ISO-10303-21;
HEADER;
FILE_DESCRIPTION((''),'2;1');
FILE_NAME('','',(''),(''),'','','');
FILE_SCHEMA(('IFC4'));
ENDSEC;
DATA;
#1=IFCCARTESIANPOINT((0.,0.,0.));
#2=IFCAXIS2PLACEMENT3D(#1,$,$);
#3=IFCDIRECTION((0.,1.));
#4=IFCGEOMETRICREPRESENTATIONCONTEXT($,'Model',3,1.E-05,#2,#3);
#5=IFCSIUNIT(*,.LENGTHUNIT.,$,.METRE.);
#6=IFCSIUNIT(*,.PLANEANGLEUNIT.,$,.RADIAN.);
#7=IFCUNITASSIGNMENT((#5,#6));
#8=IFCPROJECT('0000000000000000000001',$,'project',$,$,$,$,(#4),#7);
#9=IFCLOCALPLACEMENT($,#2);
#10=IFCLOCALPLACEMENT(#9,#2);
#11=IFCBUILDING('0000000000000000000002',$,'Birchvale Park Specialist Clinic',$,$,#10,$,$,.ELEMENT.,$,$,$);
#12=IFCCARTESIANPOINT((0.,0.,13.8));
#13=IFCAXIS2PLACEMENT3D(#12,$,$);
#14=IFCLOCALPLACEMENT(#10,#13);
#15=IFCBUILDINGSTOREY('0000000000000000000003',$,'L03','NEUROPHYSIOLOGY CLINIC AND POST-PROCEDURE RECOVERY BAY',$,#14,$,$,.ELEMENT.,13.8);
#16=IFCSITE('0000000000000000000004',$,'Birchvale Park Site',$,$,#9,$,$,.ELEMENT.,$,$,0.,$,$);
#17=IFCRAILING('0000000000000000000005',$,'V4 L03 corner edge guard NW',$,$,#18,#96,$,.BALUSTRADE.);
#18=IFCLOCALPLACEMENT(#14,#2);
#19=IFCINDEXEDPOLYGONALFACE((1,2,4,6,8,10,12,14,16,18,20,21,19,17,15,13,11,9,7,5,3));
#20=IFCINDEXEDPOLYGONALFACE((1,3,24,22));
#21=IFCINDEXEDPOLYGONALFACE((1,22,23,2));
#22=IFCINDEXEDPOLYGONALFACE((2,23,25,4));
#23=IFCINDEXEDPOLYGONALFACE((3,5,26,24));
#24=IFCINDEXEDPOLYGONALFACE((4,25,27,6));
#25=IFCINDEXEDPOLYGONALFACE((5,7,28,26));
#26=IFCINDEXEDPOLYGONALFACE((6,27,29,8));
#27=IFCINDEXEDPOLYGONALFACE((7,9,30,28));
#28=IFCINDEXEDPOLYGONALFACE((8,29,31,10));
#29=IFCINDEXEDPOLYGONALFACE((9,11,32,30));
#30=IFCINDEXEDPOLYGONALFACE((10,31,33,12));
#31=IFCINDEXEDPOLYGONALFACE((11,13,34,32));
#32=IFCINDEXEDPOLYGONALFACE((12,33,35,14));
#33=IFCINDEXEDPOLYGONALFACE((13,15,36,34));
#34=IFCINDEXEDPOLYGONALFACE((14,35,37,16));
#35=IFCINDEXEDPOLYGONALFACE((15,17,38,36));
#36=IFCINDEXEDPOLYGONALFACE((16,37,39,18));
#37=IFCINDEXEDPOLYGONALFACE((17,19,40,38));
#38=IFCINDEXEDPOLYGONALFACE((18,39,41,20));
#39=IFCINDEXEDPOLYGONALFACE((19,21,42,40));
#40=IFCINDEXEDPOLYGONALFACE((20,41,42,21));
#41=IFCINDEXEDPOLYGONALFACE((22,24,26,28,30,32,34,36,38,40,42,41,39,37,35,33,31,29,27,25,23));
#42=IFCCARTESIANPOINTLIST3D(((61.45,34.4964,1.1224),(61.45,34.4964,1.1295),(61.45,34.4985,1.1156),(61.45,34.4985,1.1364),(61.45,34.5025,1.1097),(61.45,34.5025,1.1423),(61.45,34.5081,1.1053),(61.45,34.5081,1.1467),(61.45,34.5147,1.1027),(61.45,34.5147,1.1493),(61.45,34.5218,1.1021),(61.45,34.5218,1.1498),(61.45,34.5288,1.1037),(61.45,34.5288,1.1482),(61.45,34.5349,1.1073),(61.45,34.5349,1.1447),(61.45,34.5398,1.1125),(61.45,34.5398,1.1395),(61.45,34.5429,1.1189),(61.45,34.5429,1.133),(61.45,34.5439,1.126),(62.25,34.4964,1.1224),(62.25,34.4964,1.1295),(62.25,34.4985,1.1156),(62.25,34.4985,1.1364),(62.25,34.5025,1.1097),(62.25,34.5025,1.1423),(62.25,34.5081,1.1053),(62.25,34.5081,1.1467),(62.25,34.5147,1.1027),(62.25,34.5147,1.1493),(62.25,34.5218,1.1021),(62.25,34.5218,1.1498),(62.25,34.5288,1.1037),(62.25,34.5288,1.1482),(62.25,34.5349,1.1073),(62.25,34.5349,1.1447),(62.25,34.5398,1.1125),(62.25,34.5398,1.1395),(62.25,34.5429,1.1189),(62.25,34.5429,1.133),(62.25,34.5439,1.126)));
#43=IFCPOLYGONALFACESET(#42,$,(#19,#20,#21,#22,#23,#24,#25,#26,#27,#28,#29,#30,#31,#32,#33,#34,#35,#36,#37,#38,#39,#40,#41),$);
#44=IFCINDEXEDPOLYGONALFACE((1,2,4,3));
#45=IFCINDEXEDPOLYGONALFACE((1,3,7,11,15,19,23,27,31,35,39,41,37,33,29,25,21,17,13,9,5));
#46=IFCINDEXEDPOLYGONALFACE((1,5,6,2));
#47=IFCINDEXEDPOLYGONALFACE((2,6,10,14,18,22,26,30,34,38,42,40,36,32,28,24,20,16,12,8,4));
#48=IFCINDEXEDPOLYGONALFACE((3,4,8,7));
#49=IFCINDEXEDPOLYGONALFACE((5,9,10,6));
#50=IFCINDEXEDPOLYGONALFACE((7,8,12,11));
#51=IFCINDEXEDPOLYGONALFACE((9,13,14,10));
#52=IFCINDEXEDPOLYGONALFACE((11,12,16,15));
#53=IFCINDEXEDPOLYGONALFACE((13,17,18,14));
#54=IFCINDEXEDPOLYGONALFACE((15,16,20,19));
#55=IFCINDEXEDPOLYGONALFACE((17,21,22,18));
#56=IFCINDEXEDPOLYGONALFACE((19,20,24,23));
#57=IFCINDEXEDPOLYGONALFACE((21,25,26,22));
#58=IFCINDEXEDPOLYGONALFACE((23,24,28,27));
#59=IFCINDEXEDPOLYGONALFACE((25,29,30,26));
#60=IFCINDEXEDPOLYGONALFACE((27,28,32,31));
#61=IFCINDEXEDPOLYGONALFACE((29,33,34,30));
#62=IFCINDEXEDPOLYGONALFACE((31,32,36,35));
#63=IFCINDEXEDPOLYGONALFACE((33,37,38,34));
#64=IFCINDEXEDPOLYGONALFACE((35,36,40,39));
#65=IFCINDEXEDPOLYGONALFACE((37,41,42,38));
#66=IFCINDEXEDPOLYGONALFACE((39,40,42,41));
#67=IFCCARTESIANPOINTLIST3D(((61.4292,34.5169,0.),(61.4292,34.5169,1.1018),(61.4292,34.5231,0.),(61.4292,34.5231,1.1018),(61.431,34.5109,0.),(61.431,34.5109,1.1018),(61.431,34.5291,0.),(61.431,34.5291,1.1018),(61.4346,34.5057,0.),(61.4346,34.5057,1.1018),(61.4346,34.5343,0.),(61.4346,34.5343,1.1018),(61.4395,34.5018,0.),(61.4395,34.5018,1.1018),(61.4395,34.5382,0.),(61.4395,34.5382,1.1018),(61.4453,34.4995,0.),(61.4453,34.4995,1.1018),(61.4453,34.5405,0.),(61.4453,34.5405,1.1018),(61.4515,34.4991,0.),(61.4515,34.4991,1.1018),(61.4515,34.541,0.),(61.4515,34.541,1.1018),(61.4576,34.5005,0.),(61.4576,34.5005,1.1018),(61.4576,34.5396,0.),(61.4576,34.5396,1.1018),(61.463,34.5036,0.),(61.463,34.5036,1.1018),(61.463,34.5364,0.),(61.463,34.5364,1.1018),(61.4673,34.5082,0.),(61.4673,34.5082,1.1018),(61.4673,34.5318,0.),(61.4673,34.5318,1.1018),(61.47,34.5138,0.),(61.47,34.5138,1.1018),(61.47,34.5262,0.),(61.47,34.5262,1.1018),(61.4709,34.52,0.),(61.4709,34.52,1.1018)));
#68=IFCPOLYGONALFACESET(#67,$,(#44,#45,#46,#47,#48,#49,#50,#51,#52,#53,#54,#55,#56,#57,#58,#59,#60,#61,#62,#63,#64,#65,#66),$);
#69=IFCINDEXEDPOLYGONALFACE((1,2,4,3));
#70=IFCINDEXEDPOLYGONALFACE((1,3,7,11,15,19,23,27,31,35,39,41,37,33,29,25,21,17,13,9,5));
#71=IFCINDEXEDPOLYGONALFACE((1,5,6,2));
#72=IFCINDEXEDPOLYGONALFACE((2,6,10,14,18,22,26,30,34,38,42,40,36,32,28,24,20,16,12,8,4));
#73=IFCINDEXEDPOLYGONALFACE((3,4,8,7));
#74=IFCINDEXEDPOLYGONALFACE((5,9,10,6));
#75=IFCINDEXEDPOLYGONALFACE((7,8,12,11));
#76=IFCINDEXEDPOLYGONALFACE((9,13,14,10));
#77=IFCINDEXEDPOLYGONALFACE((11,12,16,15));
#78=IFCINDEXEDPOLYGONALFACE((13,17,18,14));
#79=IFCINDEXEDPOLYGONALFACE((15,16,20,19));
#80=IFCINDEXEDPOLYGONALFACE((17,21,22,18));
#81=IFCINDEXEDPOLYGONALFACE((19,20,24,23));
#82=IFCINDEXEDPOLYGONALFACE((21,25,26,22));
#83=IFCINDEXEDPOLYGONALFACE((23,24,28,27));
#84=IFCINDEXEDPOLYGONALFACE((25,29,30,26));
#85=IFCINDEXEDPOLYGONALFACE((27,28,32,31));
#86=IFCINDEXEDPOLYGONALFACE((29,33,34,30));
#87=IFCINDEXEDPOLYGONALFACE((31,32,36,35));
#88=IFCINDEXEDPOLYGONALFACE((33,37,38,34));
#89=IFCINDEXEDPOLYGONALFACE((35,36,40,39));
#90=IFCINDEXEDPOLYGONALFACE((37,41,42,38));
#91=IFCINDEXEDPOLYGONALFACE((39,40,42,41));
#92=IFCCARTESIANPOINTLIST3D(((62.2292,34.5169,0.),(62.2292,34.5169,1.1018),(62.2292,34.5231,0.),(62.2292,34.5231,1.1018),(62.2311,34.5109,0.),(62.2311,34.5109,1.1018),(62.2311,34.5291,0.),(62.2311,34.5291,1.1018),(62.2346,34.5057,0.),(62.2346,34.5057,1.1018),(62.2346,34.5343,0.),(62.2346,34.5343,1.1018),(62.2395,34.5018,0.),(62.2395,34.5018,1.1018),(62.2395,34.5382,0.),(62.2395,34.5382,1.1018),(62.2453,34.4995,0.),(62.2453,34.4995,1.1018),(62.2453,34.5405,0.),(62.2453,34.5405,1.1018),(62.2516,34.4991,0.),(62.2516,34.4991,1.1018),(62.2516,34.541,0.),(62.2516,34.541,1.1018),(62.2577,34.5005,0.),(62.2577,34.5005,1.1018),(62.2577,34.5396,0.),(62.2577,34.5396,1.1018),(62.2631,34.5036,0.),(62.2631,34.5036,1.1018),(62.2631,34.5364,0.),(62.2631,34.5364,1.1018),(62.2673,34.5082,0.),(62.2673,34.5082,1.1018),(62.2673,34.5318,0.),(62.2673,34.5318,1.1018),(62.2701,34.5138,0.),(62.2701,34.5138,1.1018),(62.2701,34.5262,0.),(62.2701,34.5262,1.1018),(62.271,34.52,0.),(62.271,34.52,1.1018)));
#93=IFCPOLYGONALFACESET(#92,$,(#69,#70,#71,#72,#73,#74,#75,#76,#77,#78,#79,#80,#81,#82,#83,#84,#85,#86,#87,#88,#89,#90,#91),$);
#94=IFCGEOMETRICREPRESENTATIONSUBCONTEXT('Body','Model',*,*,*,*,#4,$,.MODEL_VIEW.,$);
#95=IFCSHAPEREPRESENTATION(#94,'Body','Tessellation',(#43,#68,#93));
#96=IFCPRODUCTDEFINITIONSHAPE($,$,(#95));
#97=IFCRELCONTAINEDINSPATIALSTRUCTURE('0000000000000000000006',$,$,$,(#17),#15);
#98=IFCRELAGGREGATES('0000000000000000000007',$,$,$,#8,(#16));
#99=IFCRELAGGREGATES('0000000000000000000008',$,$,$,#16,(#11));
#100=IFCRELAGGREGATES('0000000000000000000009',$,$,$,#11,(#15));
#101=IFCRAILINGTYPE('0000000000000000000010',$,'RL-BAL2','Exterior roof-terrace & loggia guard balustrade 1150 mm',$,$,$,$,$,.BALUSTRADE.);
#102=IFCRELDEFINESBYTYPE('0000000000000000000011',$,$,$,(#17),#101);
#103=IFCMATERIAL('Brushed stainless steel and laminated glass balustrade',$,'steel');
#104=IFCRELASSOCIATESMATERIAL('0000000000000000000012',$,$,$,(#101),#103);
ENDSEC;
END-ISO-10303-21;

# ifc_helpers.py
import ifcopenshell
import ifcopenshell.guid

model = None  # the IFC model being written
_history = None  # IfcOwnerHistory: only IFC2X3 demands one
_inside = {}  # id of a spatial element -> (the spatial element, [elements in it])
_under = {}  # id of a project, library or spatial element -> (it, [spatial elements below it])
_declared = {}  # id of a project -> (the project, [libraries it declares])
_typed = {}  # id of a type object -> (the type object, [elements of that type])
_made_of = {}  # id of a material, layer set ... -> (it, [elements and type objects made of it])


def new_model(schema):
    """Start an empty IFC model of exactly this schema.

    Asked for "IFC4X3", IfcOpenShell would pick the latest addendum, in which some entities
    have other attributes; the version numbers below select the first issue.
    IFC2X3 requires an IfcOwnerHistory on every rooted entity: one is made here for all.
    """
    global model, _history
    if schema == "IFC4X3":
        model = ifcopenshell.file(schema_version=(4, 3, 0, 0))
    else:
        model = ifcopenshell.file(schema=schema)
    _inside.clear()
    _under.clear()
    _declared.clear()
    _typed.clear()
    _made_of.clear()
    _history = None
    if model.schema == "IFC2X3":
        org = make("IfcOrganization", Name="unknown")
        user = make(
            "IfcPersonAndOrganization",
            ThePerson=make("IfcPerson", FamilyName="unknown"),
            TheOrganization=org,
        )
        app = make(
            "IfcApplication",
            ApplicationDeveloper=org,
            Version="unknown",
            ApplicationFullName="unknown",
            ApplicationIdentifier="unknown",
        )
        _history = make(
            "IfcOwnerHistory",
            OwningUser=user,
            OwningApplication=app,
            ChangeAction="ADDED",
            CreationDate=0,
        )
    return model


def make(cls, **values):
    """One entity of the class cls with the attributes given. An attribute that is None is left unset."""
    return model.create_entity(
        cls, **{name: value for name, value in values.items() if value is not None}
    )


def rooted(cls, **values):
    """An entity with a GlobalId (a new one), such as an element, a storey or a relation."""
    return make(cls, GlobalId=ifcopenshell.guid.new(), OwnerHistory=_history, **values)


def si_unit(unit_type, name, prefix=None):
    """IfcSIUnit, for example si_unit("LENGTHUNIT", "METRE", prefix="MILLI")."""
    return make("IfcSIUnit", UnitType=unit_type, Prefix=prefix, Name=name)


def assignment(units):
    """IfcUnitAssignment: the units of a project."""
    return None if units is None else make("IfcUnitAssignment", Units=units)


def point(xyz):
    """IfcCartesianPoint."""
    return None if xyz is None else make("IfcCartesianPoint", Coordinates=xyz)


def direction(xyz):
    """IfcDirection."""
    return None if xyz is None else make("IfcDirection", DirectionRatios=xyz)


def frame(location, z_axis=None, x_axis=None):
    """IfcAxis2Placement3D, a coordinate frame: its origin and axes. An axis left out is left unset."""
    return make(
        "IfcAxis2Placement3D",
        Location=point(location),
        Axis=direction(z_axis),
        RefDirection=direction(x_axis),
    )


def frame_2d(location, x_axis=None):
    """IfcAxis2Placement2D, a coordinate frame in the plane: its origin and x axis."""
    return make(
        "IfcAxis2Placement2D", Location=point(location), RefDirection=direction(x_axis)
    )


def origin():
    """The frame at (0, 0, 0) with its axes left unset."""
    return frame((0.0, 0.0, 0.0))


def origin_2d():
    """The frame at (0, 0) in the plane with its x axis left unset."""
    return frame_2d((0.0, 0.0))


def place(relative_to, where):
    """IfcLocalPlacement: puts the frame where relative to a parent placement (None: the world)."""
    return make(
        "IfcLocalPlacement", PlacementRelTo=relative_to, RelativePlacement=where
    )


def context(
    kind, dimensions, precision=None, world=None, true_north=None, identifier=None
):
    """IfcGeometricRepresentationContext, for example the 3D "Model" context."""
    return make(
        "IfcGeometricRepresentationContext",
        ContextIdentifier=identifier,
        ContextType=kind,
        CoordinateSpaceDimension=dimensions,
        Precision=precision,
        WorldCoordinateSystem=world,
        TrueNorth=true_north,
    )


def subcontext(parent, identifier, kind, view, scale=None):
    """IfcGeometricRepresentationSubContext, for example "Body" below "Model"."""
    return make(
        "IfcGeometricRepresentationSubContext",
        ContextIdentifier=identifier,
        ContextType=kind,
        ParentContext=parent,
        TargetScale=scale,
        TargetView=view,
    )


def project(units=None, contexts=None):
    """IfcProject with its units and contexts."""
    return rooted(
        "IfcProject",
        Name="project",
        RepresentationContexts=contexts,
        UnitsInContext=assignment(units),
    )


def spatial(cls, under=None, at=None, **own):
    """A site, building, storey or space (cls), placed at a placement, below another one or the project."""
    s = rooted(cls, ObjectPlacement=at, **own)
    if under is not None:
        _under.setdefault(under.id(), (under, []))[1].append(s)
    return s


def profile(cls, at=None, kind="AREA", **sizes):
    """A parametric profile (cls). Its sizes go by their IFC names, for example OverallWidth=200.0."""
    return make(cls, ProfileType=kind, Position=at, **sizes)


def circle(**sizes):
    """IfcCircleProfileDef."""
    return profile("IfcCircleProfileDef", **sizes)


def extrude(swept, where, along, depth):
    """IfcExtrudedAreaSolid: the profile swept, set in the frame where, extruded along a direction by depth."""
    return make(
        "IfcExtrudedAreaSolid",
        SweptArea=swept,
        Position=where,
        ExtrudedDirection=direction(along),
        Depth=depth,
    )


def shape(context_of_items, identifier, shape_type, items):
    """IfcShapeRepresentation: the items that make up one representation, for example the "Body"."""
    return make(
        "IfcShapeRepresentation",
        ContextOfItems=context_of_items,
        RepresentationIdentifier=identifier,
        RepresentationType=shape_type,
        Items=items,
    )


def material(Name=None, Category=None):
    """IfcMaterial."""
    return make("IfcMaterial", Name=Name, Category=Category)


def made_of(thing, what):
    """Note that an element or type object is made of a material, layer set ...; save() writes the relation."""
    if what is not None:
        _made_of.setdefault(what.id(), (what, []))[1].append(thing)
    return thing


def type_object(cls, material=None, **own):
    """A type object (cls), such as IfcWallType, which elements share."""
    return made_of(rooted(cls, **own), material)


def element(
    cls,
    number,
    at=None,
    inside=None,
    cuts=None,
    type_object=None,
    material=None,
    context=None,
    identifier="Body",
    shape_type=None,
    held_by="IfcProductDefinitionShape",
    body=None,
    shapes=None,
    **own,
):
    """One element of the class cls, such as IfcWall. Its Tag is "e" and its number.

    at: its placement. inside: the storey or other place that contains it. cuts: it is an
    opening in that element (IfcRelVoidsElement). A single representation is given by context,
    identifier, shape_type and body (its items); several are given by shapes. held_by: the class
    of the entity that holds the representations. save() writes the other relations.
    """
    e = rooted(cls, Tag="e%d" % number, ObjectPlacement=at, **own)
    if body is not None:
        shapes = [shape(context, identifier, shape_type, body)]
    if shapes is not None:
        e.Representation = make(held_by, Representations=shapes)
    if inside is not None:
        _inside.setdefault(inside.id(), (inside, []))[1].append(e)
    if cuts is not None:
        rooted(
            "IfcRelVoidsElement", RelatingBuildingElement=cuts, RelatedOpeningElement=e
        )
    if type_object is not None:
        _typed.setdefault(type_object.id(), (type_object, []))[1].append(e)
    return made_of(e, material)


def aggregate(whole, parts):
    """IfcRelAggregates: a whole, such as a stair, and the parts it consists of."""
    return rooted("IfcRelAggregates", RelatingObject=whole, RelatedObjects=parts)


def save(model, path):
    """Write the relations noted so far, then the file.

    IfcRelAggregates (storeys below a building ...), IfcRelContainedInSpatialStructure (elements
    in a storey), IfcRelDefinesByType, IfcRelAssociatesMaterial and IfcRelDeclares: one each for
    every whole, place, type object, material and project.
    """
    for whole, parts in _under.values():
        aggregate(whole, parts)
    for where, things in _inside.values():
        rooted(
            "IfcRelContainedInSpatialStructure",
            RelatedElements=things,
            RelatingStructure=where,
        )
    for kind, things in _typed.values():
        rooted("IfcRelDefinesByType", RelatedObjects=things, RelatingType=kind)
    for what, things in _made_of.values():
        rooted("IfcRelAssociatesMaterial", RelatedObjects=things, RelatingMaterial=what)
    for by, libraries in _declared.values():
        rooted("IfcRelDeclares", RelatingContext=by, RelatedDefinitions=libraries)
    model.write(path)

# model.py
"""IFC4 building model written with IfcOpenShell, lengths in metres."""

from ifc_helpers import new_model, si_unit, direction, frame, origin, origin_2d, place, context, subcontext, project, spatial, circle, extrude, material, type_object, element, save


model = new_model("IFC4")

# Units and contexts
model_context = context("Model", 3, precision=1e-05, world=origin(), true_north=direction((0.0, 1.0)))
body_context = subcontext(model_context, "Body", "Model", "MODEL_VIEW")
ifc_project = project(units=[si_unit("LENGTHUNIT", "METRE"), si_unit("PLANEANGLEUNIT", "RADIAN")], contexts=[model_context])

# Site, building, storey
site_placement = place(None, origin())
site = spatial("IfcSite", under=ifc_project, at=site_placement, Name="Birchvale Park Site", CompositionType="ELEMENT", RefElevation=0.0)
building_placement = place(site_placement, origin())
building = spatial("IfcBuilding", under=site, at=building_placement, Name="Birchvale Park Specialist Clinic", CompositionType="ELEMENT")
storey_placement = place(building_placement, frame((0.0, 0.0, 13.8)))
storey = spatial("IfcBuildingStorey", under=building, at=storey_placement, Name="L03", Description="NEUROPHYSIOLOGY CLINIC AND POST-PROCEDURE RECOVERY BAY", CompositionType="ELEMENT", Elevation=13.8)

# Railing
ifc_material_1 = material(Name="Brushed stainless steel and laminated glass balustrade", Category="steel")
railing_type_1 = type_object("IfcRailingType", Name="RL-BAL2", Description="Exterior roof-terrace & loggia guard balustrade 1150 mm", PredefinedType="BALUSTRADE", material=ifc_material_1)
railing_1_placement = place(storey_placement, frame((61.45, 34.52, 0.0)))
element("IfcRailing", 1, at=railing_1_placement, inside=storey, type_object=railing_type_1, Name="V4 L03 corner edge guard NW", PredefinedType="BALUSTRADE", context=body_context, shape_type="SweptSolid", body=[
    extrude(circle(Radius=0.0239, at=origin_2d()), frame((0.0, 0.0, 1.126), z_axis=(1.0, 0.0, 0.0), x_axis=(0.0, 1.0, 0.0)), (0.0, 0.0, 1.0), 0.8),
    extrude(circle(Radius=0.021, at=origin_2d()), origin(), (0.0, 0.0, 1.0), 1.1018),
    extrude(circle(Radius=0.021, at=origin_2d()), frame((0.8, 0.0, 0.0)), (0.0, 0.0, 1.0), 1.1018),
])

save(model, "model.ifc")
